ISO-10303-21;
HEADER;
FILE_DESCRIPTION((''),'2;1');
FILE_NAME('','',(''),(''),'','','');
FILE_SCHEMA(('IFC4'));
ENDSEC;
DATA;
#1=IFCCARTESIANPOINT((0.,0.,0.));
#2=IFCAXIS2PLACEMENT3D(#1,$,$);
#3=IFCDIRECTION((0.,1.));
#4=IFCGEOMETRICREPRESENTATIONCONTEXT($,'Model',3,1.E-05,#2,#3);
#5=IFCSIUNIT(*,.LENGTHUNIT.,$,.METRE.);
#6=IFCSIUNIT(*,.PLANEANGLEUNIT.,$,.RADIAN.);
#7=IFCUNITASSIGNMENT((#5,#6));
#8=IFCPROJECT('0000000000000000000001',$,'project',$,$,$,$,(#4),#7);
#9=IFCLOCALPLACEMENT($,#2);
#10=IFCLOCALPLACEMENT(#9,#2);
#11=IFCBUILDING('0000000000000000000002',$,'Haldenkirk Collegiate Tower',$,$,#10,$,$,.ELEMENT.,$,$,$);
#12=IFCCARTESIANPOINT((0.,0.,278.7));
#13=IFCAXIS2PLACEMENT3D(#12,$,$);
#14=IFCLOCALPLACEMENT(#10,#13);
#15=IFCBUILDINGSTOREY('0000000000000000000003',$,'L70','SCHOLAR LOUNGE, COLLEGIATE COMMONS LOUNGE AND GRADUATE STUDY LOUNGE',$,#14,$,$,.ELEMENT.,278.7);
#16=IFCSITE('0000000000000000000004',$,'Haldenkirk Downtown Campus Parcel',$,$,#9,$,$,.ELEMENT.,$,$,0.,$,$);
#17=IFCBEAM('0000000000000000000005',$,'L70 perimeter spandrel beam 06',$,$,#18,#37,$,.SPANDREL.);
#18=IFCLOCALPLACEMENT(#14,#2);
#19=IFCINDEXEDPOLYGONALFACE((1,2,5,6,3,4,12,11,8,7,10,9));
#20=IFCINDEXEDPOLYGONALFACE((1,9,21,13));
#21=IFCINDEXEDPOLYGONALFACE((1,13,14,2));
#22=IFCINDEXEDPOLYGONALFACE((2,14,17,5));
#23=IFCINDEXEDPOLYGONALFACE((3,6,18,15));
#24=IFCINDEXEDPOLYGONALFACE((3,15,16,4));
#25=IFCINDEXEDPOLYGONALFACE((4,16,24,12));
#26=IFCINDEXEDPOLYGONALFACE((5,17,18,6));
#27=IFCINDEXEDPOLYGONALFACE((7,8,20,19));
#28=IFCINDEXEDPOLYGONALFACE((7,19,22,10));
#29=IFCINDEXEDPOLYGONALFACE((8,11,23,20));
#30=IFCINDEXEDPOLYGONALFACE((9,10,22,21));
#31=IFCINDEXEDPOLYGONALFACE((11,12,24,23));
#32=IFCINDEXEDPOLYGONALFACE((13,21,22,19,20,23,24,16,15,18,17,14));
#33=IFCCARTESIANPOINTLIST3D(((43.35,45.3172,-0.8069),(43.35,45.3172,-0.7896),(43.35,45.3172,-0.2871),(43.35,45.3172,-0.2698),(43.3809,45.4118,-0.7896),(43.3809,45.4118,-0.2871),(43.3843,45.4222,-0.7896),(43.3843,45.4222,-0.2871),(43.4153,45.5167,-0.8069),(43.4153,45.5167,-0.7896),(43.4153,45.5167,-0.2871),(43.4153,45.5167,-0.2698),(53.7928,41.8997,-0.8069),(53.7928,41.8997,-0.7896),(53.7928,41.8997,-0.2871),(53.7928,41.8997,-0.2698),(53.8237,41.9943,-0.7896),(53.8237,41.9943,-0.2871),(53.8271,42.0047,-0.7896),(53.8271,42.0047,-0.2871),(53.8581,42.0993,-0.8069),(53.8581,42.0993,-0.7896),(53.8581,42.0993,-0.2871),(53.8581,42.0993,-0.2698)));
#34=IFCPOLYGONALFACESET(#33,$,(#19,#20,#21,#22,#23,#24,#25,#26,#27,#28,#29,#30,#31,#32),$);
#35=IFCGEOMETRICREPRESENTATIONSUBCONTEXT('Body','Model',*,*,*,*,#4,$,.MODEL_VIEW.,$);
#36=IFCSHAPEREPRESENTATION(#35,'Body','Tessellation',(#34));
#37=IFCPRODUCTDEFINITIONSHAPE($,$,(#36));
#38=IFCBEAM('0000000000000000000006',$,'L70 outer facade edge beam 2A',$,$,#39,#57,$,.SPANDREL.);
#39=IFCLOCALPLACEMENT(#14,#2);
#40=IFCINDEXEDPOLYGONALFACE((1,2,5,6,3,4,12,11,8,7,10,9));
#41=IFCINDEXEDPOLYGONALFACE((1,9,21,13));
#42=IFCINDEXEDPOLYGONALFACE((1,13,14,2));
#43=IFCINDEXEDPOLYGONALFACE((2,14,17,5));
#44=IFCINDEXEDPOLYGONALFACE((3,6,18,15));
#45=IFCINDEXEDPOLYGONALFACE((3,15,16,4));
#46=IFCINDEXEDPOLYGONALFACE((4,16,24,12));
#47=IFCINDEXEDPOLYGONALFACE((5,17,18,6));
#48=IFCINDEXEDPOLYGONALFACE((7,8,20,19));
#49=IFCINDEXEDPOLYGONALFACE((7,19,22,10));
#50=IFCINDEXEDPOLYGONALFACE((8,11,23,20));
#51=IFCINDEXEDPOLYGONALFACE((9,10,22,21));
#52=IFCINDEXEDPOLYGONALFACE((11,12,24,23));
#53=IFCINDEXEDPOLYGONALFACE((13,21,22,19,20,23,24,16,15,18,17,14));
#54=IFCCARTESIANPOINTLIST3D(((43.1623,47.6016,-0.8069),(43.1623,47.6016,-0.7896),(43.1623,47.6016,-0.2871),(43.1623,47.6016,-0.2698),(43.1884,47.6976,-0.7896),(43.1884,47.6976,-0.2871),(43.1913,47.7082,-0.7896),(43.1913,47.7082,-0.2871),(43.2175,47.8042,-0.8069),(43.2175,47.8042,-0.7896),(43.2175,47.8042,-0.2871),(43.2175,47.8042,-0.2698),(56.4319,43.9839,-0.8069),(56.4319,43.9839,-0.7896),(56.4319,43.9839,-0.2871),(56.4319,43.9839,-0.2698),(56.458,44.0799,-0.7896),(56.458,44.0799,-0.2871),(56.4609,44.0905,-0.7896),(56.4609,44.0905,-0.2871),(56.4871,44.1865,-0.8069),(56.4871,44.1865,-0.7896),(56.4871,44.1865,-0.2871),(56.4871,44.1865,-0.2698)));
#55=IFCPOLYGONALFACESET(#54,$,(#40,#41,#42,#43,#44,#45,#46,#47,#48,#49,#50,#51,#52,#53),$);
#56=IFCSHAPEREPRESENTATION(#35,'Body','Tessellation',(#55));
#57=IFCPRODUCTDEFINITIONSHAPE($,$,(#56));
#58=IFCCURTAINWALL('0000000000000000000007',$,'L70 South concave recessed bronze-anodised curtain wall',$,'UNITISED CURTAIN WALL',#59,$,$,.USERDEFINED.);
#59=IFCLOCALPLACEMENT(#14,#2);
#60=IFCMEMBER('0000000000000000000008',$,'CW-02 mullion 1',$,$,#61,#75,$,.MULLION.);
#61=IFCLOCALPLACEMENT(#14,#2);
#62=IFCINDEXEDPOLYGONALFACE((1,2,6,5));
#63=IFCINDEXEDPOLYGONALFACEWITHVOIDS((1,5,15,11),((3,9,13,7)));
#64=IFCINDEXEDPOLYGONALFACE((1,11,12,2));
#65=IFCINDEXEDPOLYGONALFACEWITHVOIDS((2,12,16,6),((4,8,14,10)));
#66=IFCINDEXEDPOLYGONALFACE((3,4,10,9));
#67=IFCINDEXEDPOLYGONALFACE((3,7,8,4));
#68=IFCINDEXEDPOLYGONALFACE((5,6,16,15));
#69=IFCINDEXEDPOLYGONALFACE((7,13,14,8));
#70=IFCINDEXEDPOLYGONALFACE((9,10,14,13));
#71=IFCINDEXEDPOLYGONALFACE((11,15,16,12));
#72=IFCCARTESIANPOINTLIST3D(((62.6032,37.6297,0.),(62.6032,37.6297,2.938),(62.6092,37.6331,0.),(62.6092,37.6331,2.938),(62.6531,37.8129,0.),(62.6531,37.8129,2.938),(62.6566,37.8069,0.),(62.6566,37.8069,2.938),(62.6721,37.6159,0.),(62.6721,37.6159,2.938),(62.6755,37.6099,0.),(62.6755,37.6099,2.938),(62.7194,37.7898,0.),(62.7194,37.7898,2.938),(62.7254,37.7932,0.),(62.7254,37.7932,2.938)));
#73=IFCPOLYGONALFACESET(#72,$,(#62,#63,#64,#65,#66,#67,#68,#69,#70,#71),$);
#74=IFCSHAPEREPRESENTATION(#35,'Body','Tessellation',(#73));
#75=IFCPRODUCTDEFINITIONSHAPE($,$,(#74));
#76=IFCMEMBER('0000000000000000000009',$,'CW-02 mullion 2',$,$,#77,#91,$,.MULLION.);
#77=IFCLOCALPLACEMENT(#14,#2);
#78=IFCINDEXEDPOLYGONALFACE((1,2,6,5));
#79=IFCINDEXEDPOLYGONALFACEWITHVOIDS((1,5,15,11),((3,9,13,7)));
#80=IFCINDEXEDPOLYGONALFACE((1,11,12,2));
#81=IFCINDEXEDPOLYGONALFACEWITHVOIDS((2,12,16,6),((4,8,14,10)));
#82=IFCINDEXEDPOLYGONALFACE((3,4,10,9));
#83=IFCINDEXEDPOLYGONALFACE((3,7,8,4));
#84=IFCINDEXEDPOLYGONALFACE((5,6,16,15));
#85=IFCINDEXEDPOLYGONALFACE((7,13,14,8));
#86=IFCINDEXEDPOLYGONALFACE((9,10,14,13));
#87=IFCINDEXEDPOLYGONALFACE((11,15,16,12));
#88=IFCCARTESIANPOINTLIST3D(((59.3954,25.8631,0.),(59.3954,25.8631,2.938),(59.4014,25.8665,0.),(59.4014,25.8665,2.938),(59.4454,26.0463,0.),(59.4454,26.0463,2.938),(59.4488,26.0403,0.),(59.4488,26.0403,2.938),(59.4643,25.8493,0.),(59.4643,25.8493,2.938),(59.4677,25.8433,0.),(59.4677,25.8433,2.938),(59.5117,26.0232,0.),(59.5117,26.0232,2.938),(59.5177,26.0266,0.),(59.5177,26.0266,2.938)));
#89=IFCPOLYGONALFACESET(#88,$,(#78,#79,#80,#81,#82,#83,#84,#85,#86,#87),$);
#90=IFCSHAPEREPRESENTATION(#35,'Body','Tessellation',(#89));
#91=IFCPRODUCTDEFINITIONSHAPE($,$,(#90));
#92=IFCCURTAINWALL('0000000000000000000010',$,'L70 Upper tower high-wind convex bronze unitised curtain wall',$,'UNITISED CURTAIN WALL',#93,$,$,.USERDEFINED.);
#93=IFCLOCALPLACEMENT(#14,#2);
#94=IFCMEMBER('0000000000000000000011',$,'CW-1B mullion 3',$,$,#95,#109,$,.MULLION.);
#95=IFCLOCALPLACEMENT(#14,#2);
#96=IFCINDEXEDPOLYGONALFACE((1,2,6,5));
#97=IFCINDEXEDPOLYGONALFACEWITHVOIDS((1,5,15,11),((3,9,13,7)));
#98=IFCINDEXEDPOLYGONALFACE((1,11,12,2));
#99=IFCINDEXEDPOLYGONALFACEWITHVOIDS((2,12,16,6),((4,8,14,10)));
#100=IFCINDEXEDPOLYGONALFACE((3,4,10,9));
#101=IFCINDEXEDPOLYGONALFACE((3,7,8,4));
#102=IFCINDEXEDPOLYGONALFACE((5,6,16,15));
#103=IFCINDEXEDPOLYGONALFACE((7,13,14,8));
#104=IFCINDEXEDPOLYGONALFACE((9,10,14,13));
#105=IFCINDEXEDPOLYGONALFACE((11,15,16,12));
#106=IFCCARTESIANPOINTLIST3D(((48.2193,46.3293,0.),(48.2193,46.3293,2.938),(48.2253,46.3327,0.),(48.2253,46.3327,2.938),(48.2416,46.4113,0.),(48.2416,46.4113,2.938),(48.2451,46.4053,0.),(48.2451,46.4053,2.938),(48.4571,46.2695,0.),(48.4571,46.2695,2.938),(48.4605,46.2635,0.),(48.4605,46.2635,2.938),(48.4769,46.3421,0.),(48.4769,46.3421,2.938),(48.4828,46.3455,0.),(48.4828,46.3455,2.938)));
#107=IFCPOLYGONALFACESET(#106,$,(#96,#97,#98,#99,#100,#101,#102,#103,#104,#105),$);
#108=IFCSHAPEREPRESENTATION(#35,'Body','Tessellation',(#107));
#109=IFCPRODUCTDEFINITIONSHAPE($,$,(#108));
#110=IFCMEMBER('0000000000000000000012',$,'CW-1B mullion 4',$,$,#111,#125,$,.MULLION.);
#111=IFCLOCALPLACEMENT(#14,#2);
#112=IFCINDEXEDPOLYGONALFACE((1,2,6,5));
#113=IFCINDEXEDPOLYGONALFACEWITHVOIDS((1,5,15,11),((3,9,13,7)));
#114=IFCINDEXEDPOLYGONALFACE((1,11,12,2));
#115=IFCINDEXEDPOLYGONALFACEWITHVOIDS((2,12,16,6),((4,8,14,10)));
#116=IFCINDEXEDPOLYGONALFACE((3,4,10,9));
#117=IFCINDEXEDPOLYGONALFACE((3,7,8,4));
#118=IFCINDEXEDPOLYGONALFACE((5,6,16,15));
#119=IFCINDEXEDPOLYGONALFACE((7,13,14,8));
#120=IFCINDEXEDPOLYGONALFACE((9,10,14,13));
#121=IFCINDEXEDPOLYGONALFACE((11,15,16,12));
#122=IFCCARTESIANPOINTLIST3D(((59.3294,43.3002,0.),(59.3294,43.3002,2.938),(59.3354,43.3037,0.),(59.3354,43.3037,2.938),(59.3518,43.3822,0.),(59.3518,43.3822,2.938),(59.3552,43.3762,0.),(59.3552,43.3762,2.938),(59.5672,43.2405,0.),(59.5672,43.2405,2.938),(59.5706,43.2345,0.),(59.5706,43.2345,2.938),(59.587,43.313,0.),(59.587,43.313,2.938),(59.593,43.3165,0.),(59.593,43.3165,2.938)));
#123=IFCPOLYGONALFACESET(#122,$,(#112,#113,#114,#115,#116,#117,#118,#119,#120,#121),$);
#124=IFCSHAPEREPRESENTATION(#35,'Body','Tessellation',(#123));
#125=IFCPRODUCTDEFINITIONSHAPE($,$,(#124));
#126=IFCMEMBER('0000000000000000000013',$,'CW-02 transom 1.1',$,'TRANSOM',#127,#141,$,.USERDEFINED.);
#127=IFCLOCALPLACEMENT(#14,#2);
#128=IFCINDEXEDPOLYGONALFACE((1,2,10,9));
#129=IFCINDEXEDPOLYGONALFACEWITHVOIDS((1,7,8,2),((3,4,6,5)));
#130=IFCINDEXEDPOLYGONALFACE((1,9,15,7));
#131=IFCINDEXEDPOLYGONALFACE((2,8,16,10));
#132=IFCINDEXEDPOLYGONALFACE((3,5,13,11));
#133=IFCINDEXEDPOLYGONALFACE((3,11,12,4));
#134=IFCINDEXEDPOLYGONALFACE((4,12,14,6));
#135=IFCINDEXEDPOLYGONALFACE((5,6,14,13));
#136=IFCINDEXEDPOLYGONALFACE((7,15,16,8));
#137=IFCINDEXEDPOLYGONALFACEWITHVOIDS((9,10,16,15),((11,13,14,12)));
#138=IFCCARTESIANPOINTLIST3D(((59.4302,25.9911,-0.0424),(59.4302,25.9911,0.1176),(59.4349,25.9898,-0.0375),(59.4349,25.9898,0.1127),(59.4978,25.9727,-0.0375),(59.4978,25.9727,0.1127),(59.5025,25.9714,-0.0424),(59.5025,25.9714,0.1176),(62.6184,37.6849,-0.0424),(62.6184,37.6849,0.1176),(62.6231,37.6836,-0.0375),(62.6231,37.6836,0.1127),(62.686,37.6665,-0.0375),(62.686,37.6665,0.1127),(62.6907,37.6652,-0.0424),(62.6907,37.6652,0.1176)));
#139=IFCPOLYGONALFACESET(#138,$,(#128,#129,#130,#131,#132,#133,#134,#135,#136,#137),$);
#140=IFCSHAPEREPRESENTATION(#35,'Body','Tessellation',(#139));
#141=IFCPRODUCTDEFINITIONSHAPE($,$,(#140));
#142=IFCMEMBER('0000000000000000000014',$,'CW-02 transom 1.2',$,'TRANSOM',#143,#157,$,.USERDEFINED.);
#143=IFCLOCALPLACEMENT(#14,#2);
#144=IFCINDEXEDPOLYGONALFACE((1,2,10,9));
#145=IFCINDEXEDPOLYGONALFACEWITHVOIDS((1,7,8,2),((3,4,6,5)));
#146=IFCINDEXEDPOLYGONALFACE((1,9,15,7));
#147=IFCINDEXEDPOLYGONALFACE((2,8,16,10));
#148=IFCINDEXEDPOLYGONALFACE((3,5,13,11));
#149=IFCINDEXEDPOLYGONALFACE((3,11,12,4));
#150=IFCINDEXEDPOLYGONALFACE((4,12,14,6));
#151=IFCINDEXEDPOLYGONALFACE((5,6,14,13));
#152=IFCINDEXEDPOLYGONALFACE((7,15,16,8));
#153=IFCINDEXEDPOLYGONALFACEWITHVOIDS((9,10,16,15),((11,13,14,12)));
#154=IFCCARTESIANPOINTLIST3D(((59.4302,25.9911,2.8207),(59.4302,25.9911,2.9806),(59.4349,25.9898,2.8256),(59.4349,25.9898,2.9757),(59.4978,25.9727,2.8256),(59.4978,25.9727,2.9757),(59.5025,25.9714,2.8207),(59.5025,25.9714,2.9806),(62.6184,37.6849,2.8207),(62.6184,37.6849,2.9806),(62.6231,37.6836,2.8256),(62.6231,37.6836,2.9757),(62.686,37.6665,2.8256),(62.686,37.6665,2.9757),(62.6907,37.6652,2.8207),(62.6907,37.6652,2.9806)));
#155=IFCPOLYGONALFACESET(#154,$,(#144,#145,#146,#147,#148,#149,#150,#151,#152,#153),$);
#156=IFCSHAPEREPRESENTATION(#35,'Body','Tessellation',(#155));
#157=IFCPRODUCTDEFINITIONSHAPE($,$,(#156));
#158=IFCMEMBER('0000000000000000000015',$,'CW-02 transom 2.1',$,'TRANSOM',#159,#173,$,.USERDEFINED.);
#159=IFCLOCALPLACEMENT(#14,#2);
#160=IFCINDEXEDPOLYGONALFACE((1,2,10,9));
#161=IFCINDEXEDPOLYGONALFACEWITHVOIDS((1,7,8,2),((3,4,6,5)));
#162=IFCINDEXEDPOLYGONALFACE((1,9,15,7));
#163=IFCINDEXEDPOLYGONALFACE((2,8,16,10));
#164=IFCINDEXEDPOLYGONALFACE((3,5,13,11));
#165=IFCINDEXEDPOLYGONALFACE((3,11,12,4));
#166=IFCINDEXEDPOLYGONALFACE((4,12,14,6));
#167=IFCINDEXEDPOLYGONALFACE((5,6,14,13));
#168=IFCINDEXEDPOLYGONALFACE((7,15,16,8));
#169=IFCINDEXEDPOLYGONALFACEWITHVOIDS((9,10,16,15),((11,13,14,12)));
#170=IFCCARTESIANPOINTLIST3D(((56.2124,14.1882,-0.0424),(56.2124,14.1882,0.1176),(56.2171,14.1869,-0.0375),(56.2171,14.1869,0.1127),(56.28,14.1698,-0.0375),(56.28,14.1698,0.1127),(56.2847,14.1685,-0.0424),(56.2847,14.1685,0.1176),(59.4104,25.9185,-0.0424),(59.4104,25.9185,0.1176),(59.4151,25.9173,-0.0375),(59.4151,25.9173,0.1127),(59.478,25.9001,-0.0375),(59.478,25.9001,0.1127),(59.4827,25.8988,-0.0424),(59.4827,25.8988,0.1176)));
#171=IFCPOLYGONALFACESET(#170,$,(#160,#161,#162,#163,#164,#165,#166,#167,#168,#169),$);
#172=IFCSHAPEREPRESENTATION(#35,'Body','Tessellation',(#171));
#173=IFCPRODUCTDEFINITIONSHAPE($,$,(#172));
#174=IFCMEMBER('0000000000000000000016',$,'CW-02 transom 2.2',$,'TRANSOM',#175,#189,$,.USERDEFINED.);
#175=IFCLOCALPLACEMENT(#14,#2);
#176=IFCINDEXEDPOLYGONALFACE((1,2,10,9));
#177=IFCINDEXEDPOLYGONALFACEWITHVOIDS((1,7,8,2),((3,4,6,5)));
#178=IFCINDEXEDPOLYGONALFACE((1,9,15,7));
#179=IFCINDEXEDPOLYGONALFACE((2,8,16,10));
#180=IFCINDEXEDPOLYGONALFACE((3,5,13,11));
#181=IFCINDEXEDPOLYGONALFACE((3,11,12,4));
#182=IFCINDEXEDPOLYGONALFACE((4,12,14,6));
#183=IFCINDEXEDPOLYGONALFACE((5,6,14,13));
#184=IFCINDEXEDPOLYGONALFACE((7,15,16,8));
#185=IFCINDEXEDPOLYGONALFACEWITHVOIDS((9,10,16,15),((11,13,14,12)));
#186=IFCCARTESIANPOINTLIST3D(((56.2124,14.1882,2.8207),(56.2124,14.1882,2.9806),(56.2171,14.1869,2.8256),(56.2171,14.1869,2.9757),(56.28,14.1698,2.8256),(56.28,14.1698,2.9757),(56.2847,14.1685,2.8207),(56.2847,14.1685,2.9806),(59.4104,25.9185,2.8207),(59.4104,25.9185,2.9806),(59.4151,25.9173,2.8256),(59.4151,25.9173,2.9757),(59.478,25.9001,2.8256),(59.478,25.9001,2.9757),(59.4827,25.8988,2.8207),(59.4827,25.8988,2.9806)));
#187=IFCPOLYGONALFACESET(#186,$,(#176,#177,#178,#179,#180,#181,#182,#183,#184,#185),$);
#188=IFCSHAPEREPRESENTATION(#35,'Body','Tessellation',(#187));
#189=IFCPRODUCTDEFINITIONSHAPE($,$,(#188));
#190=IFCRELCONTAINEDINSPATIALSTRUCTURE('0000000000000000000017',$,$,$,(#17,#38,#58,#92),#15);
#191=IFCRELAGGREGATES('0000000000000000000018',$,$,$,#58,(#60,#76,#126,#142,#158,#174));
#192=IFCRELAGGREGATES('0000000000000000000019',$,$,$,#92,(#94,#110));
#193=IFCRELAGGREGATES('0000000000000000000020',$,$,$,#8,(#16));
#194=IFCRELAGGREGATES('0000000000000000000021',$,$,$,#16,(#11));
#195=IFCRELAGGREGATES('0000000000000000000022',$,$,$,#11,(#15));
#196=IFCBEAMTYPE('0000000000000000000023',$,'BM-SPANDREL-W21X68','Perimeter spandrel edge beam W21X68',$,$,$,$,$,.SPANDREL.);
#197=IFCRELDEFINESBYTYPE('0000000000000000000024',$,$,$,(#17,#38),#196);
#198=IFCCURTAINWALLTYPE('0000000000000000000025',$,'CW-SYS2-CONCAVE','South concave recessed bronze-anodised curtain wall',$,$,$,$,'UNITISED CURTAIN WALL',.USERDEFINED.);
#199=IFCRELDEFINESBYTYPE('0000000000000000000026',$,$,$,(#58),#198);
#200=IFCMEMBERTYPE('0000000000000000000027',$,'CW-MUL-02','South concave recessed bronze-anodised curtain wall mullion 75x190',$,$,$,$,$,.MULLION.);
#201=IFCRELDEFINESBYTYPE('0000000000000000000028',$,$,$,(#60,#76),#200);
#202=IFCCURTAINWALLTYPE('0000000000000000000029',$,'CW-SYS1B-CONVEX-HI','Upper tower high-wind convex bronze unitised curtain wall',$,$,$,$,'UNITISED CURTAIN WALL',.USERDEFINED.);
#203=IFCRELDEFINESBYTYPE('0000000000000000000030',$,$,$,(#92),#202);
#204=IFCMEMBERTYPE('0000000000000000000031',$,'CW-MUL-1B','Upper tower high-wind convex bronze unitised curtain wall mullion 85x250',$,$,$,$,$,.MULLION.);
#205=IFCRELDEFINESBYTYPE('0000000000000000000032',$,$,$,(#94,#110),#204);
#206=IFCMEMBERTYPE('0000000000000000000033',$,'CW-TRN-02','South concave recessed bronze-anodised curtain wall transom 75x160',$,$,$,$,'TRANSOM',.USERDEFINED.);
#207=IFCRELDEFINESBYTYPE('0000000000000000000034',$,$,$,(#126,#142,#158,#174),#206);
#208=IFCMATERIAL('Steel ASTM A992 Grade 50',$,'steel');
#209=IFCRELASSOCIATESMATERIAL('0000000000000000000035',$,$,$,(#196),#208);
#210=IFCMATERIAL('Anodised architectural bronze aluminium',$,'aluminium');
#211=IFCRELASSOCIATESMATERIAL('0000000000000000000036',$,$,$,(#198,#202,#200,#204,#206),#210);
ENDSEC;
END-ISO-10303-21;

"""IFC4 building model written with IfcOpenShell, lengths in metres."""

from ifc_helpers import new_model, si_unit, direction, frame, origin, origin_2d, place, context, subcontext, project, spatial, hollow_rectangle, i_section, extrude, material, material_profile, profile_set, type_object, element, aggregate, save


model = new_model("IFC4")

# Units and contexts
model_context = context("Model", 3, precision=1e-05, world=origin(), true_north=direction((0.0, 1.0)))
body_context = subcontext(model_context, "Body", "Model", "MODEL_VIEW")
ifc_project = project(units=[si_unit("LENGTHUNIT", "METRE"), si_unit("PLANEANGLEUNIT", "RADIAN")], contexts=[model_context])

# Site, building, storey
site_placement = place(None, origin())
site = spatial("IfcSite", under=ifc_project, at=site_placement, Name="Haldenkirk Downtown Campus Parcel", CompositionType="ELEMENT", RefElevation=0.0)
building_placement = place(site_placement, origin())
building = spatial("IfcBuilding", under=site, at=building_placement, Name="Haldenkirk Collegiate Tower", CompositionType="ELEMENT")
storey_placement = place(building_placement, frame((0.0, 0.0, 278.7)))
storey = spatial("IfcBuildingStorey", under=building, at=storey_placement, Name="L70", Description="SCHOLAR LOUNGE, COLLEGIATE COMMONS LOUNGE AND GRADUATE STUDY LOUNGE", CompositionType="ELEMENT", Elevation=278.7)

# Beams
ifc_material_1 = material(Name="Steel ASTM A992 Grade 50", Category="steel")
ifc_material_profile_1 = material_profile(ifc_material_1, i_section(OverallWidth=0.21, OverallDepth=0.5371, WebThickness=0.011, FlangeThickness=0.0173, at=origin_2d()), Name="W21X68")
ifc_profile_set_1 = profile_set([ifc_material_profile_1], Name="Steel ASTM A992 Grade 50")
beam_type_1 = type_object("IfcBeamType", Name="BM-SPANDREL-W21X68", Description="Perimeter spandrel edge beam W21X68", PredefinedType="SPANDREL", material=ifc_profile_set_1)
beam_1_placement = place(storey_placement, frame((53.8254, 41.9995, -0.5383), z_axis=(-0.950402, 0.311024, 0.0), x_axis=(-0.311024, -0.950402, 0.0)))
element("IfcBeam", 1, at=beam_1_placement, inside=storey, type_object=beam_type_1, Name="L70 perimeter spandrel beam 06", PredefinedType="SPANDREL", context=body_context, shape_type="SweptSolid", body=[
    extrude(i_section(OverallWidth=0.21, OverallDepth=0.5371, WebThickness=0.011, FlangeThickness=0.0173, at=origin_2d()), origin(), (0.0, 0.0, 1.0), 10.9878),
])
beam_2_placement = place(storey_placement, frame((56.4595, 44.0852, -0.5383), z_axis=(-0.964788, 0.26303, 0.0), x_axis=(-0.26303, -0.964788, 0.0)))
element("IfcBeam", 2, at=beam_2_placement, inside=storey, type_object=beam_type_1, Name="L70 outer facade edge beam 2A", PredefinedType="SPANDREL", context=body_context, shape_type="SweptSolid", body=[
    extrude(i_section(OverallWidth=0.21, OverallDepth=0.5371, WebThickness=0.011, FlangeThickness=0.0173, at=origin_2d()), origin(), (0.0, 0.0, 1.0), 13.7539),
])

# Curtain walls, members
ifc_material_2 = material(Name="Anodised architectural bronze aluminium", Category="aluminium")
curtain_wall_type_1 = type_object("IfcCurtainWallType", Name="CW-SYS2-CONCAVE", Description="South concave recessed bronze-anodised curtain wall", ElementType="UNITISED CURTAIN WALL", PredefinedType="USERDEFINED", material=ifc_material_2)
curtain_wall_1_placement = place(storey_placement, origin())
curtain_wall_1 = element("IfcCurtainWall", 3, at=curtain_wall_1_placement, inside=storey, type_object=curtain_wall_type_1, Name="L70 South concave recessed bronze-anodised curtain wall", ObjectType="UNITISED CURTAIN WALL", PredefinedType="USERDEFINED")
ifc_material_profile_2 = material_profile(ifc_material_2, hollow_rectangle(XDim=0.075, YDim=0.1899, WallThickness=0.0049, at=origin_2d()), Name="CW-MUL-02")
ifc_profile_set_2 = profile_set([ifc_material_profile_2], Name="Anodised architectural bronze aluminium")
member_type_1 = type_object("IfcMemberType", Name="CW-MUL-02", Description="South concave recessed bronze-anodised curtain wall mullion 75x190", PredefinedType="MULLION", material=ifc_profile_set_2)
member_1_placement = place(storey_placement, frame((62.6643, 37.7114, 0.0), z_axis=(0.0, 0.0, 1.0), x_axis=(0.964787, -0.263033, 0.0)))
member_1 = element("IfcMember", 4, at=member_1_placement, type_object=member_type_1, Name="CW-02 mullion 1", PredefinedType="MULLION", context=body_context, shape_type="SweptSolid", body=[
    extrude(hollow_rectangle(XDim=0.075, YDim=0.1899, WallThickness=0.0049, at=origin_2d()), origin(), (0.0, 0.0, 1.0), 2.938),
])
member_2_placement = place(storey_placement, frame((59.4565, 25.9448, 0.0), z_axis=(0.0, 0.0, 1.0), x_axis=(0.964787, -0.263033, 0.0)))
member_2 = element("IfcMember", 5, at=member_2_placement, type_object=member_type_1, Name="CW-02 mullion 2", PredefinedType="MULLION", context=body_context, shape_type="SweptSolid", body=[
    extrude(hollow_rectangle(XDim=0.075, YDim=0.1899, WallThickness=0.0049, at=origin_2d()), origin(), (0.0, 0.0, 1.0), 2.938),
])
curtain_wall_type_2 = type_object("IfcCurtainWallType", Name="CW-SYS1B-CONVEX-HI", Description="Upper tower high-wind convex bronze unitised curtain wall", ElementType="UNITISED CURTAIN WALL", PredefinedType="USERDEFINED", material=ifc_material_2)
curtain_wall_2_placement = place(storey_placement, origin())
curtain_wall_2 = element("IfcCurtainWall", 6, at=curtain_wall_2_placement, inside=storey, type_object=curtain_wall_type_2, Name="L70 Upper tower high-wind convex bronze unitised curtain wall", ObjectType="UNITISED CURTAIN WALL", PredefinedType="USERDEFINED")
ifc_material_profile_3 = material_profile(ifc_material_2, hollow_rectangle(XDim=0.085, YDim=0.25, WallThickness=0.0049, at=origin_2d()), Name="CW-MUL-1B")
ifc_profile_set_3 = profile_set([ifc_material_profile_3], Name="Anodised architectural bronze aluminium")
member_type_2 = type_object("IfcMemberType", Name="CW-MUL-1B", Description="Upper tower high-wind convex bronze unitised curtain wall mullion 85x250", PredefinedType="MULLION", material=ifc_profile_set_3)
member_3_placement = place(storey_placement, frame((48.3511, 46.3374, 0.0), z_axis=(0.0, 0.0, 1.0), x_axis=(0.263031, 0.964787, 0.0)))
member_3 = element("IfcMember", 7, at=member_3_placement, type_object=member_type_2, Name="CW-1B mullion 3", PredefinedType="MULLION", context=body_context, shape_type="SweptSolid", body=[
    extrude(hollow_rectangle(XDim=0.085, YDim=0.25, WallThickness=0.0049, at=origin_2d()), origin(), (0.0, 0.0, 1.0), 2.938),
])
member_4_placement = place(storey_placement, frame((59.4612, 43.3083, 0.0), z_axis=(0.0, 0.0, 1.0), x_axis=(0.263031, 0.964787, 0.0)))
member_4 = element("IfcMember", 8, at=member_4_placement, type_object=member_type_2, Name="CW-1B mullion 4", PredefinedType="MULLION", context=body_context, shape_type="SweptSolid", body=[
    extrude(hollow_rectangle(XDim=0.085, YDim=0.25, WallThickness=0.0049, at=origin_2d()), origin(), (0.0, 0.0, 1.0), 2.938),
])

# Members
ifc_material_profile_4 = material_profile(ifc_material_2, hollow_rectangle(XDim=0.075, YDim=0.1599, WallThickness=0.0049, at=origin_2d()), Name="CW-TRN-02")
ifc_profile_set_4 = profile_set([ifc_material_profile_4], Name="Anodised architectural bronze aluminium")
member_type_3 = type_object("IfcMemberType", Name="CW-TRN-02", Description="South concave recessed bronze-anodised curtain wall transom 75x160", ElementType="TRANSOM", PredefinedType="USERDEFINED", material=ifc_profile_set_4)
member_5_placement = place(storey_placement, frame((62.6545, 37.675, 0.0376), z_axis=(-0.263041, -0.964785, 0.0), x_axis=(0.964785, -0.263041, 0.0)))
member_5 = element("IfcMember", 9, at=member_5_placement, type_object=member_type_3, Name="CW-02 transom 1.1", ObjectType="TRANSOM", PredefinedType="USERDEFINED", context=body_context, shape_type="SweptSolid", body=[
    extrude(hollow_rectangle(XDim=0.075, YDim=0.1599, WallThickness=0.0049, at=origin_2d()), origin(), (0.0, 0.0, 1.0), 12.1206),
])
member_6_placement = place(storey_placement, frame((62.6545, 37.675, 2.9006), z_axis=(-0.263041, -0.964785, 0.0), x_axis=(0.964785, -0.263041, 0.0)))
member_6 = element("IfcMember", 10, at=member_6_placement, type_object=member_type_3, Name="CW-02 transom 1.2", ObjectType="TRANSOM", PredefinedType="USERDEFINED", context=body_context, shape_type="SweptSolid", body=[
    extrude(hollow_rectangle(XDim=0.075, YDim=0.1599, WallThickness=0.0049, at=origin_2d()), origin(), (0.0, 0.0, 1.0), 12.1206),
])
member_7_placement = place(storey_placement, frame((59.4465, 25.9087, 0.0376), z_axis=(-0.263029, -0.964788, 0.0), x_axis=(0.964788, -0.263029, 0.0)))
member_7 = element("IfcMember", 11, at=member_7_placement, type_object=member_type_3, Name="CW-02 transom 2.1", ObjectType="TRANSOM", PredefinedType="USERDEFINED", context=body_context, shape_type="SweptSolid", body=[
    extrude(hollow_rectangle(XDim=0.075, YDim=0.1599, WallThickness=0.0049, at=origin_2d()), origin(), (0.0, 0.0, 1.0), 12.1584),
])
member_8_placement = place(storey_placement, frame((59.4465, 25.9087, 2.9006), z_axis=(-0.263029, -0.964788, 0.0), x_axis=(0.964788, -0.263029, 0.0)))
member_8 = element("IfcMember", 12, at=member_8_placement, type_object=member_type_3, Name="CW-02 transom 2.2", ObjectType="TRANSOM", PredefinedType="USERDEFINED", context=body_context, shape_type="SweptSolid", body=[
    extrude(hollow_rectangle(XDim=0.075, YDim=0.1599, WallThickness=0.0049, at=origin_2d()), origin(), (0.0, 0.0, 1.0), 12.1584),
])

aggregate(curtain_wall_1, [member_1, member_2, member_5, member_6, member_7, member_8])
aggregate(curtain_wall_2, [member_3, member_4])

save(model, "model.ifc")
